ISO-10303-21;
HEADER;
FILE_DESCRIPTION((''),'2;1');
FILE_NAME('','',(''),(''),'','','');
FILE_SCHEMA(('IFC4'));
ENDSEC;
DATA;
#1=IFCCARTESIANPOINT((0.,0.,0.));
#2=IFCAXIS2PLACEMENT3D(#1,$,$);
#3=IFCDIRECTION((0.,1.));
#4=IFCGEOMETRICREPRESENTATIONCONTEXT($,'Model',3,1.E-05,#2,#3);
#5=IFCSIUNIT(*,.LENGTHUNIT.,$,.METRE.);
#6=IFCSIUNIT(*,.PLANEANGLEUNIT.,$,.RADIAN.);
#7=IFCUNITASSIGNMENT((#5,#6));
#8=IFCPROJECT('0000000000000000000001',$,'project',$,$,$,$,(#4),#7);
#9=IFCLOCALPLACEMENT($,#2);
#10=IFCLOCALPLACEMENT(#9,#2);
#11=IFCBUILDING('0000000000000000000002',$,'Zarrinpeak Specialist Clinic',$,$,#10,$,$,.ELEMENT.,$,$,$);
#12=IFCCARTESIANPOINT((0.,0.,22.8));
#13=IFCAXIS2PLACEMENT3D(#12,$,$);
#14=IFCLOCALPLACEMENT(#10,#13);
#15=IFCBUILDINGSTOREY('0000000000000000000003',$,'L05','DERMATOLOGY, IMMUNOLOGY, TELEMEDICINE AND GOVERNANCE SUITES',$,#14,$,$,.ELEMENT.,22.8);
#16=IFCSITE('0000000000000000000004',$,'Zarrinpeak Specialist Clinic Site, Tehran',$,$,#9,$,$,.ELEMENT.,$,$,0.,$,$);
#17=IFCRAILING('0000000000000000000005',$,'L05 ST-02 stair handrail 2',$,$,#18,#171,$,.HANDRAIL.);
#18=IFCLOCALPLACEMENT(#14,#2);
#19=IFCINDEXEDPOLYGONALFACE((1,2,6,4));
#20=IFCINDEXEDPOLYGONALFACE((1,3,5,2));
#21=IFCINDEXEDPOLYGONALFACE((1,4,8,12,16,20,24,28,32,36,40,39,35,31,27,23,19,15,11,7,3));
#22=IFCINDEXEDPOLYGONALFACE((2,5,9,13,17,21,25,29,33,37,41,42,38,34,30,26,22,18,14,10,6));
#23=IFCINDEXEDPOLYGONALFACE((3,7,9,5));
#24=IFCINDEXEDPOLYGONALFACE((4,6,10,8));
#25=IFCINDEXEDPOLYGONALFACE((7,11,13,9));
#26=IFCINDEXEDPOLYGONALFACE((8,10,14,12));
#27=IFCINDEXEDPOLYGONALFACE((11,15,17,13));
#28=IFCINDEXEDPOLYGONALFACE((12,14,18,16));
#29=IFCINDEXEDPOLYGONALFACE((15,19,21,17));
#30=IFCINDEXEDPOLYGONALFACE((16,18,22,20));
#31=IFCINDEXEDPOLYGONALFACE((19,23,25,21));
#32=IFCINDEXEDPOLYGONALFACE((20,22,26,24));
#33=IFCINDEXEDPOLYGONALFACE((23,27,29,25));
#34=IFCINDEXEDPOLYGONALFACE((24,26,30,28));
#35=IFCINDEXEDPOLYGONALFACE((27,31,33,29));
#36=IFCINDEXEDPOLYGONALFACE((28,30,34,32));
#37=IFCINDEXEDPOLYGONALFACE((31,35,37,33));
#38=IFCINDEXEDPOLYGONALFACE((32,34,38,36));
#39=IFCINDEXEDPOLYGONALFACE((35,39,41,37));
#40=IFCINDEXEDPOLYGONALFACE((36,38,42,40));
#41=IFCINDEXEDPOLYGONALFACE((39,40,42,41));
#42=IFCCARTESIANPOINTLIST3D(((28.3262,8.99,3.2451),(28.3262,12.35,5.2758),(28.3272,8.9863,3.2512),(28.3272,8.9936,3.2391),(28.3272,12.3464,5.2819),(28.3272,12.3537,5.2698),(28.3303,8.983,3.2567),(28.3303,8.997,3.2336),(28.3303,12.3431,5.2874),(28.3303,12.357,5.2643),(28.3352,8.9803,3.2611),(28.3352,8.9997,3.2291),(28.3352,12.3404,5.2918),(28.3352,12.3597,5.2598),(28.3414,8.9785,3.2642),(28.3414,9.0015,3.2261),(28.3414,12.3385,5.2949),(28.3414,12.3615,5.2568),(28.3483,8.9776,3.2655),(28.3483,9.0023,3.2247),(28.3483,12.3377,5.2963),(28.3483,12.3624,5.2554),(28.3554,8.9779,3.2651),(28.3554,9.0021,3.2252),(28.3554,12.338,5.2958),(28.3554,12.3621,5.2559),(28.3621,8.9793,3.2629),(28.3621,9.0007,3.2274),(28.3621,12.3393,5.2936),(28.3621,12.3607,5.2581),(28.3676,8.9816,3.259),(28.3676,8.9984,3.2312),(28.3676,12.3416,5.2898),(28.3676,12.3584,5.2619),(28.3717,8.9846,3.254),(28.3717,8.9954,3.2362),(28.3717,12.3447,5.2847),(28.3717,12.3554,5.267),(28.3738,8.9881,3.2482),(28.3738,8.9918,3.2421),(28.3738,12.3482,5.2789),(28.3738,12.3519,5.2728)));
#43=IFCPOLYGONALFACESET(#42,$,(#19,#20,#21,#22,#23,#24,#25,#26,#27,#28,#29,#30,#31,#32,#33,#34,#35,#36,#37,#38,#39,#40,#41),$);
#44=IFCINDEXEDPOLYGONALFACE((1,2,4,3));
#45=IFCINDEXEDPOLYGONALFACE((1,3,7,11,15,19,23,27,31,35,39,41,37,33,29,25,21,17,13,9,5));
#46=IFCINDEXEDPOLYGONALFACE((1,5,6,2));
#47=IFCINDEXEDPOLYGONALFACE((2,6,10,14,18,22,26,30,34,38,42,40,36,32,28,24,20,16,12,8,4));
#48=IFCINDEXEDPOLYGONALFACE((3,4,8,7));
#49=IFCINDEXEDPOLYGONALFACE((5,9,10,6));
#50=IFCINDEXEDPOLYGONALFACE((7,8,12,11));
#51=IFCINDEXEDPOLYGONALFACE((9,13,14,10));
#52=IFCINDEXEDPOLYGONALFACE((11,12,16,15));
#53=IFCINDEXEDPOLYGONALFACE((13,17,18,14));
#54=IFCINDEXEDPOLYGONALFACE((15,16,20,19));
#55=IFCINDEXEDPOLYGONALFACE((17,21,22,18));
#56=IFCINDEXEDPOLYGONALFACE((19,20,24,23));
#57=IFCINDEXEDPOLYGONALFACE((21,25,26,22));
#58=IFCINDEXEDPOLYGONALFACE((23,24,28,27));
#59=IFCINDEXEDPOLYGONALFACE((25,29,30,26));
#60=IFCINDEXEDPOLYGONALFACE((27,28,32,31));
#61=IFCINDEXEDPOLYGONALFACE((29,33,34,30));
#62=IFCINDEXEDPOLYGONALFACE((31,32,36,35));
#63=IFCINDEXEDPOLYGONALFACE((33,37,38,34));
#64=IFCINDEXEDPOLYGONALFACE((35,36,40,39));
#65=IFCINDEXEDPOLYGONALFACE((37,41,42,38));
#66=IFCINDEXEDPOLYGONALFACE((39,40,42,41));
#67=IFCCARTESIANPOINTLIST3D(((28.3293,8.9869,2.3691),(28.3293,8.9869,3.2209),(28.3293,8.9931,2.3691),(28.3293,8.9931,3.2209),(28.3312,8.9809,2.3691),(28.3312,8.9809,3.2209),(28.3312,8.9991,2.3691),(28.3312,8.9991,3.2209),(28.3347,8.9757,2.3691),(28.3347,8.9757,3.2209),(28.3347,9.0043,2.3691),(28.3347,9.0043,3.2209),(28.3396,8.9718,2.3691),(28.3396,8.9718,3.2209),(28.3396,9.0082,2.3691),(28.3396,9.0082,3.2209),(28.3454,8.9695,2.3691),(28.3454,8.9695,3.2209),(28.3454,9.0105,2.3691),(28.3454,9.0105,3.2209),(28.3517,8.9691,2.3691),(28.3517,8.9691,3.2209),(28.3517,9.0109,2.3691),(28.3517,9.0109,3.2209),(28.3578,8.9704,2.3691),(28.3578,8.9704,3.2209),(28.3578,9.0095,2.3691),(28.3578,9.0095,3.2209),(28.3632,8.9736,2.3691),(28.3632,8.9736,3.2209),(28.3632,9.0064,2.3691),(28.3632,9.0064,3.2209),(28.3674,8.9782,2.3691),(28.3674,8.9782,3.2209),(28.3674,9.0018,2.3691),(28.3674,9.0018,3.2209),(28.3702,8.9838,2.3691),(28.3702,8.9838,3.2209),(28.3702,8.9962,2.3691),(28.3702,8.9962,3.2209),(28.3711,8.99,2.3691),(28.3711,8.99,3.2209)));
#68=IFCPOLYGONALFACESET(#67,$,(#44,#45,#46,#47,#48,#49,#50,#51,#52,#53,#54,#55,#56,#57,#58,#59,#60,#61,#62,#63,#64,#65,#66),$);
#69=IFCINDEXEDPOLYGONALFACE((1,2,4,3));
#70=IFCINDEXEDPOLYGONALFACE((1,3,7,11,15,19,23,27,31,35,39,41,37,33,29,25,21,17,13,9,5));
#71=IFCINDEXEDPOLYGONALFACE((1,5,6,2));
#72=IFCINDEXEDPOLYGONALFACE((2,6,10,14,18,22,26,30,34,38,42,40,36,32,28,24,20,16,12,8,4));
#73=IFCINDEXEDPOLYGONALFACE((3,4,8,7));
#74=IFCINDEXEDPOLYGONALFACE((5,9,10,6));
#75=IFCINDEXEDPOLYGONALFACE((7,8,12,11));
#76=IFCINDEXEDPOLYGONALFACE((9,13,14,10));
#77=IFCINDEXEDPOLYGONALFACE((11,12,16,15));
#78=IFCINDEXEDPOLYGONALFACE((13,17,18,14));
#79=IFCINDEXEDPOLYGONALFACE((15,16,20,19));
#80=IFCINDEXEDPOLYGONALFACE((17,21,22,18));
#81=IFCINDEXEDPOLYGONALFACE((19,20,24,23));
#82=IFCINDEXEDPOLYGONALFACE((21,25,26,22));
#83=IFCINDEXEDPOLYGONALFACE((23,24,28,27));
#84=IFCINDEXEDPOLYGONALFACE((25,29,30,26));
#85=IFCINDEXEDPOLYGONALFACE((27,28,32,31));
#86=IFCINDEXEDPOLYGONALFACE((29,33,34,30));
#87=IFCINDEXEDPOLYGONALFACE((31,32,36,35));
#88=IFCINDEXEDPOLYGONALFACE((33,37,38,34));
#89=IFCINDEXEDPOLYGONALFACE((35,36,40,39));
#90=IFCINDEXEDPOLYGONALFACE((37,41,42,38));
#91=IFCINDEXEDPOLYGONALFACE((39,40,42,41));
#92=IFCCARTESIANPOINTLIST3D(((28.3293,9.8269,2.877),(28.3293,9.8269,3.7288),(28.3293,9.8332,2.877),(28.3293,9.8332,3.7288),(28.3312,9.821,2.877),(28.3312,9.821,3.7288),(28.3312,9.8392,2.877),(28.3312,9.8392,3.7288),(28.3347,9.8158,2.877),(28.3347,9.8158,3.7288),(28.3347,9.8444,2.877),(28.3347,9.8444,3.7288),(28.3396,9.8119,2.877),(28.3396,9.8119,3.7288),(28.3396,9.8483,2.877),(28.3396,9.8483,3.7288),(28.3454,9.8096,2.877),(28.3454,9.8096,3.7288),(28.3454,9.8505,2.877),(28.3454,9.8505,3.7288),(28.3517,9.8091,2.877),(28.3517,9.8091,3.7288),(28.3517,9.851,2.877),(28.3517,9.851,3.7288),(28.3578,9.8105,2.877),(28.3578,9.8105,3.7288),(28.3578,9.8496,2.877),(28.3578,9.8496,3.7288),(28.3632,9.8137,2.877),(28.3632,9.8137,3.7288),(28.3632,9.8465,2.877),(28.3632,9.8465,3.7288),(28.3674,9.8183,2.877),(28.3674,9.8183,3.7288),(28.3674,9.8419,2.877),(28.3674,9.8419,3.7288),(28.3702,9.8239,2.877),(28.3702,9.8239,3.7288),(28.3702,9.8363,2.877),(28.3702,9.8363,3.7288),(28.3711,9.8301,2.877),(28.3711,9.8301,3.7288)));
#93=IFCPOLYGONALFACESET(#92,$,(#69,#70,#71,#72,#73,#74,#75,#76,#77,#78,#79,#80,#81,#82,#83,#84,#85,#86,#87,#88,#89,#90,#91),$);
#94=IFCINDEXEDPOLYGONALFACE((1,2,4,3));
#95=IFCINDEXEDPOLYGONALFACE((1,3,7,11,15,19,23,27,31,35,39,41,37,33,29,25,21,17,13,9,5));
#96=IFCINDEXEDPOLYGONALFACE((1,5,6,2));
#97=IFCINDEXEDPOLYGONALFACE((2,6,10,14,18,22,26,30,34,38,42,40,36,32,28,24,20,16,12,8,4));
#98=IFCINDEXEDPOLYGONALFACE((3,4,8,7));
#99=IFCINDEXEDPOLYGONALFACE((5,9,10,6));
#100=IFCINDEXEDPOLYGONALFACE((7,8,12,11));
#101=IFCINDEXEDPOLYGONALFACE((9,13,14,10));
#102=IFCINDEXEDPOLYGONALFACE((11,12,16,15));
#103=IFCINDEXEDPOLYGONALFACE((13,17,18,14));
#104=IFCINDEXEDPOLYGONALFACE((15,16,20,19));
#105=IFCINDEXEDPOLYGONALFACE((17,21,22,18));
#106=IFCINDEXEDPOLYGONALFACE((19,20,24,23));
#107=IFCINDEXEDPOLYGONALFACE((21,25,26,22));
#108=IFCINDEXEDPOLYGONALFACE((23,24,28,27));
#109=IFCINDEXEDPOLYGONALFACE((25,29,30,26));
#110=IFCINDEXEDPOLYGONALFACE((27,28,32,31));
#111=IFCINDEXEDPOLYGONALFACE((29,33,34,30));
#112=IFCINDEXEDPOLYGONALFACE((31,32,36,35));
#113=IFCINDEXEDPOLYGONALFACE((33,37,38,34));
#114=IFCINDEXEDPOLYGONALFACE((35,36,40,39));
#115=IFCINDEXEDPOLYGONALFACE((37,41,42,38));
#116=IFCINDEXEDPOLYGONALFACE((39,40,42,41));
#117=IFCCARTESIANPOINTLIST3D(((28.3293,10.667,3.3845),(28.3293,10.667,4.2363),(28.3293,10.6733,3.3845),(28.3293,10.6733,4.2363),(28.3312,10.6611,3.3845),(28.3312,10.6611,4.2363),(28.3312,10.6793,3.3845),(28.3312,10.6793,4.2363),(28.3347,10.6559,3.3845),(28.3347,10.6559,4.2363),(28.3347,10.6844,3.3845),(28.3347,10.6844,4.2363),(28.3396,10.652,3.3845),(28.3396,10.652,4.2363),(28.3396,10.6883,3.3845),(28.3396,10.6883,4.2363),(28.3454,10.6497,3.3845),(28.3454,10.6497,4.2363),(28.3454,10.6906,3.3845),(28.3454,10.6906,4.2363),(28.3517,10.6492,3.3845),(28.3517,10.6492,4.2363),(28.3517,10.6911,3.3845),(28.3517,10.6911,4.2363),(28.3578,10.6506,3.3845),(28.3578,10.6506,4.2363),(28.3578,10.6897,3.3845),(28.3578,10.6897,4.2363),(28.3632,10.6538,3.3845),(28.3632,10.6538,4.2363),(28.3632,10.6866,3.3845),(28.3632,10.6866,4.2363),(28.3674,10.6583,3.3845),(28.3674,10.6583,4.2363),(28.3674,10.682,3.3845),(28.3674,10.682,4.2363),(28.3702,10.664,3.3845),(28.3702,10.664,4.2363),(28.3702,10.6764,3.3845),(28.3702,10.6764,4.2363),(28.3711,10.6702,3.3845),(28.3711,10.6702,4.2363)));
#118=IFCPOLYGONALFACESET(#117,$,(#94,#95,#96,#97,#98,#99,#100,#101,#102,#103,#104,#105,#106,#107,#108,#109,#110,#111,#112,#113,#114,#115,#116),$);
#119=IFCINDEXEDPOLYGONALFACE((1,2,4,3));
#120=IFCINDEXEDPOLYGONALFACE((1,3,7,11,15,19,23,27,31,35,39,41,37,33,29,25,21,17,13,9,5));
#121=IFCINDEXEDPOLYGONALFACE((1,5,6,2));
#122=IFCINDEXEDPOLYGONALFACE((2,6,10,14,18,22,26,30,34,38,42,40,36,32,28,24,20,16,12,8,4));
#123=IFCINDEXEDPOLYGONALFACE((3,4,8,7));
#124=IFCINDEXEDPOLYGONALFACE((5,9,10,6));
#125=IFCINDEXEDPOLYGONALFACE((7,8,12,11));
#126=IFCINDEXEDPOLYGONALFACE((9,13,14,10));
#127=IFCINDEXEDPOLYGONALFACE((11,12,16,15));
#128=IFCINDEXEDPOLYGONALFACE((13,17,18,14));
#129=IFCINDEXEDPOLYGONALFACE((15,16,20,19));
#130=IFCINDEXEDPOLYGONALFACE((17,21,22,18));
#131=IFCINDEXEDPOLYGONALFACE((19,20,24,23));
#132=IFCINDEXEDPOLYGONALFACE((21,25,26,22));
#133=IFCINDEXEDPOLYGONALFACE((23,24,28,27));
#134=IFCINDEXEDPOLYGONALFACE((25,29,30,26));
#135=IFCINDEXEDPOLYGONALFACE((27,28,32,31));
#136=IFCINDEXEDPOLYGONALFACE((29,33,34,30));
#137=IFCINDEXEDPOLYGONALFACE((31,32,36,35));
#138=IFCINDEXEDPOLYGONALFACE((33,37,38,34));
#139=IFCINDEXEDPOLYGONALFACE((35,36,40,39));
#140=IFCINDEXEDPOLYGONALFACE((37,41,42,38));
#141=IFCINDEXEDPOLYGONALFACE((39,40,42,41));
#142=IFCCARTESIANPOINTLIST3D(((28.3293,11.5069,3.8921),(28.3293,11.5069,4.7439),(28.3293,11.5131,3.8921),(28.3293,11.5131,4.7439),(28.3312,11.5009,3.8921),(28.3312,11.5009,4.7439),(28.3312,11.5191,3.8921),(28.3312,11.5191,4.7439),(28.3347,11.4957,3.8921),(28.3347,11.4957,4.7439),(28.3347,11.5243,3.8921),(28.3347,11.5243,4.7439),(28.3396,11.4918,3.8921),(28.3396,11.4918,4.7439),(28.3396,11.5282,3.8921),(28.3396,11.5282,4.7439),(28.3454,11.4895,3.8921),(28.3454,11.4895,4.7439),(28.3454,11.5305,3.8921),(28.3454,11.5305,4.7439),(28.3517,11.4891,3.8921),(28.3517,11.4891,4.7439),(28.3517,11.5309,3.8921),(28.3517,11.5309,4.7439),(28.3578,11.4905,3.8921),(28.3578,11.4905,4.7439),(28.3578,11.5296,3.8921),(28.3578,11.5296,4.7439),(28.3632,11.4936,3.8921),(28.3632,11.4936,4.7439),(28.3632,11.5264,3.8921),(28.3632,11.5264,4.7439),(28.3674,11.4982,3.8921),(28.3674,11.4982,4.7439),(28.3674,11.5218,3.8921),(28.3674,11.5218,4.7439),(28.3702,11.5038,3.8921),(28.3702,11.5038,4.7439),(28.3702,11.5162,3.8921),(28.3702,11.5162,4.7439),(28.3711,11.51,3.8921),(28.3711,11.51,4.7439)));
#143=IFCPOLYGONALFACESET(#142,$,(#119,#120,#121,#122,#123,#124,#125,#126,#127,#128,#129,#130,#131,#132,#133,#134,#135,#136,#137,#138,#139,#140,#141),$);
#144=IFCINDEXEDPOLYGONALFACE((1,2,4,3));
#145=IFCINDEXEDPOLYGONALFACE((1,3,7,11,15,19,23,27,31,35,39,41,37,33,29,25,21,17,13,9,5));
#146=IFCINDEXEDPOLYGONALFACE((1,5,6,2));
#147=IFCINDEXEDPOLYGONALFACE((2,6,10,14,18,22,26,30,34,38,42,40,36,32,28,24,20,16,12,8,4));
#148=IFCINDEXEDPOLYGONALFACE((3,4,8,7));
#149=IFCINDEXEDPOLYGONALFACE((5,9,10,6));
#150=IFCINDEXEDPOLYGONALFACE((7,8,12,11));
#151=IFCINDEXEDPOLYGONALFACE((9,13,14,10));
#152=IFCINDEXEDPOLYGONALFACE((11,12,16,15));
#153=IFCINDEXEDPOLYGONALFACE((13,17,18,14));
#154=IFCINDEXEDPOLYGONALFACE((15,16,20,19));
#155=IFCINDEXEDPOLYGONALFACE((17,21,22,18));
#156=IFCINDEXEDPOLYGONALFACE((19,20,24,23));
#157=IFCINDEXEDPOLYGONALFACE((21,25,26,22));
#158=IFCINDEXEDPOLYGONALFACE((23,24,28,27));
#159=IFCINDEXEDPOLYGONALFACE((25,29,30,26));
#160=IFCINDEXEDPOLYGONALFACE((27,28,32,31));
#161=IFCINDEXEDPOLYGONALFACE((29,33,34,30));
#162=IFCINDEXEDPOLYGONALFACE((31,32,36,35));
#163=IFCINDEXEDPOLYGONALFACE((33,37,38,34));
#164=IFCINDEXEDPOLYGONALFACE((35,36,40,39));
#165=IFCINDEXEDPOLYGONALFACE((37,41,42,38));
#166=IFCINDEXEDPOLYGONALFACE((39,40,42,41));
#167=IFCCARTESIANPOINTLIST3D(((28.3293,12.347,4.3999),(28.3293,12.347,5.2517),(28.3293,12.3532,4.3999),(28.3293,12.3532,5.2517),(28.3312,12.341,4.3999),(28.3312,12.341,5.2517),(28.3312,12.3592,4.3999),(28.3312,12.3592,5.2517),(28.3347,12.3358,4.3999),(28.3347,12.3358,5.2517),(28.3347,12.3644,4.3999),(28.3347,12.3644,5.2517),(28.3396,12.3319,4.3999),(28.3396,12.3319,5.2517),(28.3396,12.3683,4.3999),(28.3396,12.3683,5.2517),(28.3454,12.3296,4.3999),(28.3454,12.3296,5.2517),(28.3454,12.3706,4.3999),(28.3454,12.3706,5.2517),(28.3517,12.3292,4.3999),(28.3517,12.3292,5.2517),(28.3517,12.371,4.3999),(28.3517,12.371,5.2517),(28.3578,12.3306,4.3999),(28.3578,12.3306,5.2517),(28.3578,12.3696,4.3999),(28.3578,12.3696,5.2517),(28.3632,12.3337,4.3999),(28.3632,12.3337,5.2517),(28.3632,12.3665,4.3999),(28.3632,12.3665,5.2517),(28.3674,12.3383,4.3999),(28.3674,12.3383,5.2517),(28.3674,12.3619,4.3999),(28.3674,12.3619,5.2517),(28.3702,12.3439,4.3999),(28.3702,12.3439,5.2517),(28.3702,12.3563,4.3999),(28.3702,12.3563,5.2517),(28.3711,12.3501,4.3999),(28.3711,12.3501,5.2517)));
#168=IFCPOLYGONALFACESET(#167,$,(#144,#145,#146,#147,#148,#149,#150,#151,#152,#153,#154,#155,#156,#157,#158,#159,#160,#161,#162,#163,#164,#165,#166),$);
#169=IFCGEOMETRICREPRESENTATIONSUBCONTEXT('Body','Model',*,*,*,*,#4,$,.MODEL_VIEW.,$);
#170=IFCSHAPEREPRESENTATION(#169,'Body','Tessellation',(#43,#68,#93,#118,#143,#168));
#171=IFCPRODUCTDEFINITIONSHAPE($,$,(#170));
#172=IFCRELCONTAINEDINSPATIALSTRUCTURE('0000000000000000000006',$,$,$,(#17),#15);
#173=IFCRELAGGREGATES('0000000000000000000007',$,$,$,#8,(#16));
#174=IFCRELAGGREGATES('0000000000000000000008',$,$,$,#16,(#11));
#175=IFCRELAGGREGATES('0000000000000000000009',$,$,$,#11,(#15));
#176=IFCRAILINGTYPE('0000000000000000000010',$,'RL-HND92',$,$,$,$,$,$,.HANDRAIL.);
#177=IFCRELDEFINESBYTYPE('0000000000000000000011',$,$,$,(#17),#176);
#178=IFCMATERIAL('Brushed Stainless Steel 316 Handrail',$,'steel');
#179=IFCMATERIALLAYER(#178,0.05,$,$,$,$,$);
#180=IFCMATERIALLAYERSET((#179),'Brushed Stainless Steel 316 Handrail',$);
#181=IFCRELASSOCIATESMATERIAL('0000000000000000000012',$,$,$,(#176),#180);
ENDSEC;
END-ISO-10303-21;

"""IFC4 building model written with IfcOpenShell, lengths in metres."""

from ifc_helpers import new_model, si_unit, direction, frame, origin, origin_2d, place, context, subcontext, project, spatial, circle, extrude, material, layer, layer_set, type_object, element, save


model = new_model("IFC4")

# Units and contexts
model_context = context("Model", 3, precision=1e-05, world=origin(), true_north=direction((0.0, 1.0)))
body_context = subcontext(model_context, "Body", "Model", "MODEL_VIEW")
ifc_project = project(units=[si_unit("LENGTHUNIT", "METRE"), si_unit("PLANEANGLEUNIT", "RADIAN")], contexts=[model_context])

# Site, building, storey
site_placement = place(None, origin())
site = spatial("IfcSite", under=ifc_project, at=site_placement, Name="Zarrinpeak Specialist Clinic Site, Tehran", CompositionType="ELEMENT", RefElevation=0.0)
building_placement = place(site_placement, origin())
building = spatial("IfcBuilding", under=site, at=building_placement, Name="Zarrinpeak Specialist Clinic", CompositionType="ELEMENT")
storey_placement = place(building_placement, frame((0.0, 0.0, 22.8)))
storey = spatial("IfcBuildingStorey", under=building, at=storey_placement, Name="L05", Description="DERMATOLOGY, IMMUNOLOGY, TELEMEDICINE AND GOVERNANCE SUITES", CompositionType="ELEMENT", Elevation=22.8)

# Railing
ifc_material_1 = material(Name="Brushed Stainless Steel 316 Handrail", Category="steel")
ifc_layer_1 = layer(ifc_material_1, 0.05)
ifc_layer_set_1 = layer_set([ifc_layer_1], Name="Brushed Stainless Steel 316 Handrail")
railing_type_1 = type_object("IfcRailingType", Name="RL-HND92", PredefinedType="HANDRAIL", material=ifc_layer_set_1)
railing_1_placement = place(storey_placement, frame((28.3501, 8.99, 2.3691)))
element("IfcRailing", 1, at=railing_1_placement, inside=storey, type_object=railing_type_1, Name="L05 ST-02 stair handrail 2", PredefinedType="HANDRAIL", context=body_context, shape_type="SweptSolid", body=[
    extrude(circle(Radius=0.0239, at=origin_2d()), frame((0.0, 0.0, 0.876), z_axis=(0.0, 0.855837, 0.517246), x_axis=(-1.0, 0.0, 0.0)), (0.0, 0.0, 1.0), 3.926),
    extrude(circle(Radius=0.021, at=origin_2d()), origin(), (0.0, 0.0, 1.0), 0.8518),
    extrude(circle(Radius=0.021, at=origin_2d()), frame((0.0, 0.8401, 0.5078)), (0.0, 0.0, 1.0), 0.8518),
    extrude(circle(Radius=0.021, at=origin_2d()), frame((0.0, 1.6802, 1.0154)), (0.0, 0.0, 1.0), 0.8518),
    extrude(circle(Radius=0.021, at=origin_2d()), frame((0.0, 2.52, 1.5229)), (0.0, 0.0, 1.0), 0.8518),
    extrude(circle(Radius=0.021, at=origin_2d()), frame((0.0, 3.3601, 2.0308)), (0.0, 0.0, 1.0), 0.8518),
])

save(model, "model.ifc")
